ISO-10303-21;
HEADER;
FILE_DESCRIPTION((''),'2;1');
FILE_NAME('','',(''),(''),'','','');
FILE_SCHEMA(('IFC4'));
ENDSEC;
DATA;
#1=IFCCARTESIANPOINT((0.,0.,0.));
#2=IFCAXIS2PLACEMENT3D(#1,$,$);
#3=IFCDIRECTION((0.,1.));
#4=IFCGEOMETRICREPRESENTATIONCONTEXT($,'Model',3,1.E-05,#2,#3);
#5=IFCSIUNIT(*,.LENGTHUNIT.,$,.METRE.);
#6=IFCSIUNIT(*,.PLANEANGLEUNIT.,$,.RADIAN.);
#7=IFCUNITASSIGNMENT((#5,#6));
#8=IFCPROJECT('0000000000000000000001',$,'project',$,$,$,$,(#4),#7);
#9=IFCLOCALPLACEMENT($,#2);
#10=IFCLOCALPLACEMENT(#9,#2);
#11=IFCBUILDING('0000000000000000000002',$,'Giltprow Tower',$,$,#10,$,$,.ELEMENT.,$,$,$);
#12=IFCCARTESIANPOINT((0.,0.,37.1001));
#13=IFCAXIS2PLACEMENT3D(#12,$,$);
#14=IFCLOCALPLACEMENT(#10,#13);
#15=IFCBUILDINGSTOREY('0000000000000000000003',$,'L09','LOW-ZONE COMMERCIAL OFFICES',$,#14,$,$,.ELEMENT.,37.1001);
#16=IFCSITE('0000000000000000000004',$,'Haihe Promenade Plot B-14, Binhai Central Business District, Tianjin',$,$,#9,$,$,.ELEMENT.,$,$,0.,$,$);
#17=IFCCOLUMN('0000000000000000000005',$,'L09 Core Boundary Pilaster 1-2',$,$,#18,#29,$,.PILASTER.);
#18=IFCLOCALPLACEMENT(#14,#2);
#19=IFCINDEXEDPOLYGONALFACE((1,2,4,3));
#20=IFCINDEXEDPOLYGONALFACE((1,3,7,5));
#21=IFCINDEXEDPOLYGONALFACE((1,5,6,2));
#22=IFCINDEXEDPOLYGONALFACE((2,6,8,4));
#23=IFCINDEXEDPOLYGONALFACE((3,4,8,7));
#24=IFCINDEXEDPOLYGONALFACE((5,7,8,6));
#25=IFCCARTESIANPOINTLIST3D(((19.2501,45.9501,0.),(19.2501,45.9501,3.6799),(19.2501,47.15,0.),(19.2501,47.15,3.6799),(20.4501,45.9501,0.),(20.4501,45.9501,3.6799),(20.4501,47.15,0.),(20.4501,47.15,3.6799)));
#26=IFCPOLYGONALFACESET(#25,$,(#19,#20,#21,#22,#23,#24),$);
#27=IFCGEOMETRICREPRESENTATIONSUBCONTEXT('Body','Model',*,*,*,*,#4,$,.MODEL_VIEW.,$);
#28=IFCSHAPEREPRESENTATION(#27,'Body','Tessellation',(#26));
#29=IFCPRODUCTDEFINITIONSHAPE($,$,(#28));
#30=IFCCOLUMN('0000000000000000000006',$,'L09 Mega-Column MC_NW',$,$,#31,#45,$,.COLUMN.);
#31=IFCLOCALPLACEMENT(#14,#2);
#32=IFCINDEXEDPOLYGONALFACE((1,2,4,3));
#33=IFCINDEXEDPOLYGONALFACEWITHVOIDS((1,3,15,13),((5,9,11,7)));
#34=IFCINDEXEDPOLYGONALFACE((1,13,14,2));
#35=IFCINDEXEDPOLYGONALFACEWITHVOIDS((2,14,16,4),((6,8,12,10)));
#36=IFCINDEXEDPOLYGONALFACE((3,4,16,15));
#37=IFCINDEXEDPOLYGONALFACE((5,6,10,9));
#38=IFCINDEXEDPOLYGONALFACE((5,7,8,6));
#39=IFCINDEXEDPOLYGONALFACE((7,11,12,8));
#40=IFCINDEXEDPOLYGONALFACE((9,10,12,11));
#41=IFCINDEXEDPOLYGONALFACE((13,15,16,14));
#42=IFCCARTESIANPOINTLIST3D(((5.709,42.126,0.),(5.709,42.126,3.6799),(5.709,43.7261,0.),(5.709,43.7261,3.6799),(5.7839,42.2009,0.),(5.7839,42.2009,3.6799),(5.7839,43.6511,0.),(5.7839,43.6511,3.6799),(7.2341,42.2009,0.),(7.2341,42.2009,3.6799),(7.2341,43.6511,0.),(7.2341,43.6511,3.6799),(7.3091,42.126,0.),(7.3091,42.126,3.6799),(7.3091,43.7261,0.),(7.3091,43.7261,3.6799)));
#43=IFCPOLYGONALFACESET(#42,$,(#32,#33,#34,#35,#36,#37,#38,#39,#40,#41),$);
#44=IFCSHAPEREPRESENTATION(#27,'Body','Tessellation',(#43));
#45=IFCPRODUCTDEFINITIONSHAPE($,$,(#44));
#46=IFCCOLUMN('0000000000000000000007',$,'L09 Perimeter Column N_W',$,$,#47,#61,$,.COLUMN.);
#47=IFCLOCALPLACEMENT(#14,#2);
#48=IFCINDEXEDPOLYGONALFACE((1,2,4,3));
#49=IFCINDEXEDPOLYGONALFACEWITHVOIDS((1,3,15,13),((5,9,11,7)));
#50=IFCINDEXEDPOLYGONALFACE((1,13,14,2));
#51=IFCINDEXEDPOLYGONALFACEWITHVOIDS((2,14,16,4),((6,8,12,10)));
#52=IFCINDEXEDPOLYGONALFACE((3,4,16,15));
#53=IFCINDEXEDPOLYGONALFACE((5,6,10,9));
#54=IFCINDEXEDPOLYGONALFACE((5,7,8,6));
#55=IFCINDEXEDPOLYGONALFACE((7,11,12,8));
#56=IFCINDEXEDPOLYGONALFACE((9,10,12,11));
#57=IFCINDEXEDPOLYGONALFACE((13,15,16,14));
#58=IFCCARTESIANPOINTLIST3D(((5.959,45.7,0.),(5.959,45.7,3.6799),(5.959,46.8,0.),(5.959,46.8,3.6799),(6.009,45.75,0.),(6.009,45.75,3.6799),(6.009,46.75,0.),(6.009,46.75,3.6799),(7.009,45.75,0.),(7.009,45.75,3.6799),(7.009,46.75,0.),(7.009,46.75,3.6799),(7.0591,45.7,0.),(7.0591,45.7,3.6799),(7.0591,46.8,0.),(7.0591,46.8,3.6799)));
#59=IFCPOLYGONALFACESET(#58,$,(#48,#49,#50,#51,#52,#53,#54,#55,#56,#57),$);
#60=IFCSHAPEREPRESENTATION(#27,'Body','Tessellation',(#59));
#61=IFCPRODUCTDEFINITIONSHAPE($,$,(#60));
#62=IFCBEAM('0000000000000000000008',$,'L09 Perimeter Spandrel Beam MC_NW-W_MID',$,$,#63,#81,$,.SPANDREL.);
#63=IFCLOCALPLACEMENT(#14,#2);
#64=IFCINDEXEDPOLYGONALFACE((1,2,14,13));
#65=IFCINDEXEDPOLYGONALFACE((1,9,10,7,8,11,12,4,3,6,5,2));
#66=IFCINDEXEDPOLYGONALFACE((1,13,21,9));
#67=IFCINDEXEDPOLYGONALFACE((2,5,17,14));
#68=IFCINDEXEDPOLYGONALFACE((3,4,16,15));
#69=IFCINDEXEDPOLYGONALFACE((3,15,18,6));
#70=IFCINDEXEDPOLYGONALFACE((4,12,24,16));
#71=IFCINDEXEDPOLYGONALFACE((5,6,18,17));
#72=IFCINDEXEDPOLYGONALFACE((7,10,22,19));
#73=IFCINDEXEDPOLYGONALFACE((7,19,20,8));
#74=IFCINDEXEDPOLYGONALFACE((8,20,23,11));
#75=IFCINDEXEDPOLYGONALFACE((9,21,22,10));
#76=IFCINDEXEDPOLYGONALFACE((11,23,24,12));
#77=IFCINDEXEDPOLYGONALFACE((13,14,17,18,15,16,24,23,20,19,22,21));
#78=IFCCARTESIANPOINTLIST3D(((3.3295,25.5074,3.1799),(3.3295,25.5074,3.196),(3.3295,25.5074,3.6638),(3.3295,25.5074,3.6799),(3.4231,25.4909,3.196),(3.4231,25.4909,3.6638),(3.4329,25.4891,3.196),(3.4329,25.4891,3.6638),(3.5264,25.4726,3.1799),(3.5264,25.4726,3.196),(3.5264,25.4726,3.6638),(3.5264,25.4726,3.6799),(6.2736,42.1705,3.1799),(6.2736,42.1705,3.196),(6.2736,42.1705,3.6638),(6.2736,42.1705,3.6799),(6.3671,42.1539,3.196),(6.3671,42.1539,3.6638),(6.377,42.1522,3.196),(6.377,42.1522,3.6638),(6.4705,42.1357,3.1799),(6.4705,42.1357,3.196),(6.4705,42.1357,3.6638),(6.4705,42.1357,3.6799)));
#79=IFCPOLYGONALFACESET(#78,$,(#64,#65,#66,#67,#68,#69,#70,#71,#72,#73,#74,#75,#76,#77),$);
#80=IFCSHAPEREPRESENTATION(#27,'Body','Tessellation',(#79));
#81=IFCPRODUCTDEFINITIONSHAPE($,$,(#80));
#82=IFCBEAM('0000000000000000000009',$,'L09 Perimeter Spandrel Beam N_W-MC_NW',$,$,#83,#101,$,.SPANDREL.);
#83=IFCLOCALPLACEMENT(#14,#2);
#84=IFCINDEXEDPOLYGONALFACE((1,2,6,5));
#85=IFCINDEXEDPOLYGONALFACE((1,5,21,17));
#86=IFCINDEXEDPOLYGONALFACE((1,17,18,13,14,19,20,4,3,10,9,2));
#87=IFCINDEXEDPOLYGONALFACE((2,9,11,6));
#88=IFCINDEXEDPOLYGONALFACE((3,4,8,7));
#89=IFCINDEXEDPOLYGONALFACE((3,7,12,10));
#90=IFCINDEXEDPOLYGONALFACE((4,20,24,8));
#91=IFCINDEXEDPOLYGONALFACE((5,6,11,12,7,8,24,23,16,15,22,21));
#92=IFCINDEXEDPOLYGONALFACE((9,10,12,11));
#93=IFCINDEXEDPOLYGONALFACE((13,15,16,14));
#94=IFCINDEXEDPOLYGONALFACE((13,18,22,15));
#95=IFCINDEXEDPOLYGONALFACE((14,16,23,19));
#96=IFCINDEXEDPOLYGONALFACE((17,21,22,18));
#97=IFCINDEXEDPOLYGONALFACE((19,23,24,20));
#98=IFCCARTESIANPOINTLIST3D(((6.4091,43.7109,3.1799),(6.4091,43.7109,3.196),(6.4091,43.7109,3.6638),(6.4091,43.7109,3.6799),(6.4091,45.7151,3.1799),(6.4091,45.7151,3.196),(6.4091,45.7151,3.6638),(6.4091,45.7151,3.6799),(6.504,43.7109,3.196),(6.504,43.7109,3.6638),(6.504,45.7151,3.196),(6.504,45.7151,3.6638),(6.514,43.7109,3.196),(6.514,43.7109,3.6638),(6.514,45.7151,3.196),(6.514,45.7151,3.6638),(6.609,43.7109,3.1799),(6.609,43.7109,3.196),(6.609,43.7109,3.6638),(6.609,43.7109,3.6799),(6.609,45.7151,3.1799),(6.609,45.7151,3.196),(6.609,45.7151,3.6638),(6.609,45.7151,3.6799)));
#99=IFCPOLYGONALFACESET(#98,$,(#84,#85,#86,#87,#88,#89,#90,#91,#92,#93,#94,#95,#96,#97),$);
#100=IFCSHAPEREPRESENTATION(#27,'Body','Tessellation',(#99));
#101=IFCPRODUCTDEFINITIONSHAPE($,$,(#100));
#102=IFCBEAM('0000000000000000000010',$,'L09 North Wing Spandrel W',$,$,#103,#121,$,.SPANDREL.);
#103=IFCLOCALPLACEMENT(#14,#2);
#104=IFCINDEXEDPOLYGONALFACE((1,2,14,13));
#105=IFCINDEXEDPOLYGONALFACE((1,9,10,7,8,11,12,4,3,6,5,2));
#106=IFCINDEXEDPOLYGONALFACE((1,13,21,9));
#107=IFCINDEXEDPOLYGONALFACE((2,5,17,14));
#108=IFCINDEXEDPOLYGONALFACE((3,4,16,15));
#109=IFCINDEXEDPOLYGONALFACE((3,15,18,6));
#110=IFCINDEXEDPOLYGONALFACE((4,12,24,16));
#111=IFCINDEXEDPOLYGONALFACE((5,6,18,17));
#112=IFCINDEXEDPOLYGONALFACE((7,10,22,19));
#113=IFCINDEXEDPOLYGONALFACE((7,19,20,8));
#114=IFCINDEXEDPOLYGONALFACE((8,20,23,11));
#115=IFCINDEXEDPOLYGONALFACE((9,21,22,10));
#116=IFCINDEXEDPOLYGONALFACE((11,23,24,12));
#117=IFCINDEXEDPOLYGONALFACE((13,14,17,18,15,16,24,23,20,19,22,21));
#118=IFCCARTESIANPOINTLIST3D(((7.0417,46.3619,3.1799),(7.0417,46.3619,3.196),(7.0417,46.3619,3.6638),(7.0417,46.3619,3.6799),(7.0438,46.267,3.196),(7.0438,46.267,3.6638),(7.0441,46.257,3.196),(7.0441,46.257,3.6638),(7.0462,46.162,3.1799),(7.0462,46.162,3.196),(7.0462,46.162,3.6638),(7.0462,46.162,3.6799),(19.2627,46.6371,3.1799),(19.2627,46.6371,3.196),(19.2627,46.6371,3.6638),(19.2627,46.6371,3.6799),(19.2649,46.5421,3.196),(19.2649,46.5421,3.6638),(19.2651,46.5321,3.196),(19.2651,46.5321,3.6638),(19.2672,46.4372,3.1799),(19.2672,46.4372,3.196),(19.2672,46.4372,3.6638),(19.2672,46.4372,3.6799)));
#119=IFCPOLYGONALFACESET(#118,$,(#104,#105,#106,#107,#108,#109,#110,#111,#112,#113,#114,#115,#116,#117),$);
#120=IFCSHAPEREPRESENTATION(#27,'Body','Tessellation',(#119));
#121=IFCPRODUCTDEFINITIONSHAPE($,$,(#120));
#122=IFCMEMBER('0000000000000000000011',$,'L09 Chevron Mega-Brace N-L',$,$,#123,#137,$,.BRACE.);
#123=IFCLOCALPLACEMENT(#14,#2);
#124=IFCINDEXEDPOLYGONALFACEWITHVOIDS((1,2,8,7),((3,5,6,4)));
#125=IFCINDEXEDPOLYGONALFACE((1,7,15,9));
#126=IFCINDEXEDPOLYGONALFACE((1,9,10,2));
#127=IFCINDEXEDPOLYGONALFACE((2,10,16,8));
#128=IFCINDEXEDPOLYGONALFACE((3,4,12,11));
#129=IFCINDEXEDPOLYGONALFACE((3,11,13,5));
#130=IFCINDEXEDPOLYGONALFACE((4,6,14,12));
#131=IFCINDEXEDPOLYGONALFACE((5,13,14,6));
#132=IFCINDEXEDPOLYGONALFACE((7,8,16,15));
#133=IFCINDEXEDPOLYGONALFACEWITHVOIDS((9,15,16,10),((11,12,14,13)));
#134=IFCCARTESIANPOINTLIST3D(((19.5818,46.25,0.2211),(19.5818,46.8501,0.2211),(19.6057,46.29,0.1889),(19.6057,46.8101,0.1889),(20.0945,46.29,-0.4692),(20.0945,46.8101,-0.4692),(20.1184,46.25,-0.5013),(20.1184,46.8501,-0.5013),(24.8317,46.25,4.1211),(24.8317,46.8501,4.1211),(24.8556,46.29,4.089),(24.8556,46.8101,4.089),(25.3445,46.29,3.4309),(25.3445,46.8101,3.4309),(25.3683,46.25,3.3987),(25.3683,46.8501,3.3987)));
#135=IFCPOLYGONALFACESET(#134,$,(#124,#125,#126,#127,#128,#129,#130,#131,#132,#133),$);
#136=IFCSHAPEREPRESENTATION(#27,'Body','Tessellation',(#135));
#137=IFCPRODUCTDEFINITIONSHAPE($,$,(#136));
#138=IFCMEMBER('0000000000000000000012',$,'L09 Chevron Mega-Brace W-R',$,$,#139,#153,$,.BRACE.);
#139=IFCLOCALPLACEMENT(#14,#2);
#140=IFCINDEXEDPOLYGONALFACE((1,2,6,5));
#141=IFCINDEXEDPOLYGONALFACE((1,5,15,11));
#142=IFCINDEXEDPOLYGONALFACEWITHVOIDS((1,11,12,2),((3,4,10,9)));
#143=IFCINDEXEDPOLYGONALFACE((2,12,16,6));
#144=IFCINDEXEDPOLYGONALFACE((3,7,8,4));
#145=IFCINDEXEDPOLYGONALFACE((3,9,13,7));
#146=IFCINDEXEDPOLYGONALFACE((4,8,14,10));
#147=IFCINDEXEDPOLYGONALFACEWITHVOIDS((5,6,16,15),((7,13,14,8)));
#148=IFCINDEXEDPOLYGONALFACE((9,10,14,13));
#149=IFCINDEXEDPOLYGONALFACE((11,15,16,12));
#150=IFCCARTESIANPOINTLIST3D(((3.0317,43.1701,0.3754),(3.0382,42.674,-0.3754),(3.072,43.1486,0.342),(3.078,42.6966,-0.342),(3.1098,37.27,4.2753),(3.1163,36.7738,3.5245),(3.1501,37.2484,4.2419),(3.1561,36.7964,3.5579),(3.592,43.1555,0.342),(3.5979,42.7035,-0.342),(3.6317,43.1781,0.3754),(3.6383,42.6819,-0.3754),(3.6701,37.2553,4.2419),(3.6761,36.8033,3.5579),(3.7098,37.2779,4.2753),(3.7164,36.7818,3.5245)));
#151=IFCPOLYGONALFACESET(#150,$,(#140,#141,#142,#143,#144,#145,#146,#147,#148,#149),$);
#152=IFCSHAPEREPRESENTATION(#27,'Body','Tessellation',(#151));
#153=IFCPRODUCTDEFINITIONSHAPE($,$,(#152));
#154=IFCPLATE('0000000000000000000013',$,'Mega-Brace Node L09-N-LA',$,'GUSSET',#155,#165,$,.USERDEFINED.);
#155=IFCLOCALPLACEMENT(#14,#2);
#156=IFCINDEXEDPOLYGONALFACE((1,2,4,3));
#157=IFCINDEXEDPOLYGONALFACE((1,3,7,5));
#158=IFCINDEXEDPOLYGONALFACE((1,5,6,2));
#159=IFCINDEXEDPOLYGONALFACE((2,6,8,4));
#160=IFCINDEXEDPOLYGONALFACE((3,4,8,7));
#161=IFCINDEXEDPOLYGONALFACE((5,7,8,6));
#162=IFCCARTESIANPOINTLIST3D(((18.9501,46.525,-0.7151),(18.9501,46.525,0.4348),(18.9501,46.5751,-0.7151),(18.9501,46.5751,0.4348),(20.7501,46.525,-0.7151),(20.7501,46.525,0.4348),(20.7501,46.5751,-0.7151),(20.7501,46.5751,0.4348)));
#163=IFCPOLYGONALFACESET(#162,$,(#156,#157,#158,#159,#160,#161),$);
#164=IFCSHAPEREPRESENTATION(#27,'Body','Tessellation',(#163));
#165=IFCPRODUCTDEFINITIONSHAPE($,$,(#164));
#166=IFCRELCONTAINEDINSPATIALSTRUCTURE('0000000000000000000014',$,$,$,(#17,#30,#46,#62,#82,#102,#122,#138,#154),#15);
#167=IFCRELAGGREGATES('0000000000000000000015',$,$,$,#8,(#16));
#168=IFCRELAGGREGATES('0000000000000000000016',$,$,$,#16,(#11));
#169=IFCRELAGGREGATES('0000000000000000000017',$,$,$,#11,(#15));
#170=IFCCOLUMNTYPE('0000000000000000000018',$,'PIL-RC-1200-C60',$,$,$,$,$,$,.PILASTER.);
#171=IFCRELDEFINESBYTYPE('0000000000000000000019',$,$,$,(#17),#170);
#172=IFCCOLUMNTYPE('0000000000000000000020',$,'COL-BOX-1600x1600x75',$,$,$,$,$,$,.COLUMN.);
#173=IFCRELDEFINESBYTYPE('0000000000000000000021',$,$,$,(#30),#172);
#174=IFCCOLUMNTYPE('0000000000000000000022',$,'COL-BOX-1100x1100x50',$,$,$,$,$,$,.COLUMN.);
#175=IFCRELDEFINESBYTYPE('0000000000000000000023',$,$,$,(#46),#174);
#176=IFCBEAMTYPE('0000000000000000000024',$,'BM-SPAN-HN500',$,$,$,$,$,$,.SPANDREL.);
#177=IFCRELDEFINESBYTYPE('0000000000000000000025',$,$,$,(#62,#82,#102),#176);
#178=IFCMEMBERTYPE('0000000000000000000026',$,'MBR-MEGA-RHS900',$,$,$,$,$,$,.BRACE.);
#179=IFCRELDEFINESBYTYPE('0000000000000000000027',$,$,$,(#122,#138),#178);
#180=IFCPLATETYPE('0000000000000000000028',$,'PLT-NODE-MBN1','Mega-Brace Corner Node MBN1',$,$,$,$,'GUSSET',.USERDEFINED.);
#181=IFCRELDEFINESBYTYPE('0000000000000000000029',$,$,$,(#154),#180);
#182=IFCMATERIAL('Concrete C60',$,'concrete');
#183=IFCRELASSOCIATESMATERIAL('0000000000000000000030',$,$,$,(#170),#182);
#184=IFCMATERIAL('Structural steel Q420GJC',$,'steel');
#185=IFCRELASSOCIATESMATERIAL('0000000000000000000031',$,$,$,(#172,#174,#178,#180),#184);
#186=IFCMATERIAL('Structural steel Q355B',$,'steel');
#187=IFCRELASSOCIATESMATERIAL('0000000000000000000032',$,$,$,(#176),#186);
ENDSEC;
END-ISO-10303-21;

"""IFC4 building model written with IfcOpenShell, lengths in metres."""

from ifc_helpers import new_model, si_unit, direction, frame, origin, origin_2d, place, context, subcontext, project, spatial, rectangle, hollow_rectangle, i_section, extrude, source, transform, mapped, material, material_profile, profile_set, type_object, element, save


model = new_model("IFC4")

# Units and contexts
model_context = context("Model", 3, precision=1e-05, world=origin(), true_north=direction((0.0, 1.0)))
body_context = subcontext(model_context, "Body", "Model", "MODEL_VIEW")
ifc_project = project(units=[si_unit("LENGTHUNIT", "METRE"), si_unit("PLANEANGLEUNIT", "RADIAN")], contexts=[model_context])

# Site, building, storey
site_placement = place(None, origin())
site = spatial("IfcSite", under=ifc_project, at=site_placement, Name="Haihe Promenade Plot B-14, Binhai Central Business District, Tianjin", CompositionType="ELEMENT", RefElevation=0.0)
building_placement = place(site_placement, origin())
building = spatial("IfcBuilding", under=site, at=building_placement, Name="Giltprow Tower", CompositionType="ELEMENT")
storey_placement = place(building_placement, frame((0.0, 0.0, 37.1001)))
storey = spatial("IfcBuildingStorey", under=building, at=storey_placement, Name="L09", Description="LOW-ZONE COMMERCIAL OFFICES", CompositionType="ELEMENT", Elevation=37.1001)

# Columns
ifc_material_1 = material(Name="Concrete C60", Category="concrete")
ifc_material_profile_1 = material_profile(ifc_material_1, rectangle(XDim=1.2, YDim=1.2, at=origin_2d()), Name="RC 1200x1200")
ifc_profile_set_1 = profile_set([ifc_material_profile_1], Name="Concrete C60")
column_type_1 = type_object("IfcColumnType", Name="PIL-RC-1200-C60", PredefinedType="PILASTER", material=ifc_profile_set_1)
shared_shape_1 = source(origin(), body_context, "Body", "SweptSolid", [
    extrude(rectangle(XDim=1.2, YDim=1.2, at=origin_2d()), origin(), (0.0, 0.0, 1.0), 3.6799),
])
column_1_placement = place(storey_placement, frame((19.8501, 46.55, 0.0), z_axis=(0.0, 0.0, 1.0), x_axis=(1.0, 0.0, 0.0)))
element("IfcColumn", 1, at=column_1_placement, inside=storey, type_object=column_type_1, Name="L09 Core Boundary Pilaster 1-2", PredefinedType="PILASTER", context=body_context, shape_type="MappedRepresentation", body=[
    mapped(shared_shape_1, transform((0.0, 0.0, 0.0), x_axis=(1.0, 0.0, 0.0), y_axis=(0.0, 1.0, 0.0), z_axis=(0.0, 0.0, 1.0), scale=1.0)),
])
ifc_material_2 = material(Name="Structural steel Q420GJC", Category="steel")
ifc_material_profile_2 = material_profile(ifc_material_2, hollow_rectangle(XDim=1.6001, YDim=1.6001, WallThickness=0.075, at=origin_2d()), Name="BOX 1600x1600x75")
ifc_profile_set_2 = profile_set([ifc_material_profile_2], Name="Structural steel Q420GJC")
column_type_2 = type_object("IfcColumnType", Name="COL-BOX-1600x1600x75", PredefinedType="COLUMN", material=ifc_profile_set_2)
shared_shape_2 = source(origin(), body_context, "Body", "SweptSolid", [
    extrude(hollow_rectangle(XDim=1.6001, YDim=1.6001, WallThickness=0.075, at=origin_2d()), origin(), (0.0, 0.0, 1.0), 3.6799),
])
column_2_placement = place(storey_placement, frame((6.509, 42.926, 0.0), z_axis=(0.0, 0.0, 1.0), x_axis=(1.0, 0.0, 0.0)))
element("IfcColumn", 2, at=column_2_placement, inside=storey, type_object=column_type_2, Name="L09 Mega-Column MC_NW", PredefinedType="COLUMN", context=body_context, shape_type="MappedRepresentation", body=[
    mapped(shared_shape_2, transform((0.0, 0.0, 0.0), x_axis=(1.0, 0.0, 0.0), y_axis=(0.0, 1.0, 0.0), z_axis=(0.0, 0.0, 1.0), scale=1.0)),
])
ifc_material_profile_3 = material_profile(ifc_material_2, hollow_rectangle(XDim=1.1001, YDim=1.1001, WallThickness=0.05, at=origin_2d()), Name="BOX 1100x1100x50")
ifc_profile_set_3 = profile_set([ifc_material_profile_3], Name="Structural steel Q420GJC")
column_type_3 = type_object("IfcColumnType", Name="COL-BOX-1100x1100x50", PredefinedType="COLUMN", material=ifc_profile_set_3)
shared_shape_3 = source(origin(), body_context, "Body", "SweptSolid", [
    extrude(hollow_rectangle(XDim=1.1001, YDim=1.1001, WallThickness=0.05, at=origin_2d()), origin(), (0.0, 0.0, 1.0), 3.6799),
])
column_3_placement = place(storey_placement, frame((6.509, 46.25, 0.0), z_axis=(0.0, 0.0, 1.0), x_axis=(1.0, 0.0, 0.0)))
element("IfcColumn", 3, at=column_3_placement, inside=storey, type_object=column_type_3, Name="L09 Perimeter Column N_W", PredefinedType="COLUMN", context=body_context, shape_type="MappedRepresentation", body=[
    mapped(shared_shape_3, transform((0.0, 0.0, 0.0), x_axis=(1.0, 0.0, 0.0), y_axis=(0.0, 1.0, 0.0), z_axis=(0.0, 0.0, 1.0), scale=1.0)),
])

# Beams
ifc_material_3 = material(Name="Structural steel Q355B", Category="steel")
ifc_material_profile_4 = material_profile(ifc_material_3, i_section(OverallWidth=0.2, OverallDepth=0.5, WebThickness=0.01, FlangeThickness=0.0161, at=origin_2d()), Name="HN 500x200x10x16")
ifc_profile_set_4 = profile_set([ifc_material_profile_4], Name="Structural steel Q355B")
beam_type = type_object("IfcBeamType", Name="BM-SPAN-HN500", PredefinedType="SPANDREL", material=ifc_profile_set_4)
shared_shape_4 = source(origin(), body_context, "Body", "SweptSolid", [
    extrude(i_section(OverallWidth=0.2, OverallDepth=0.5, WebThickness=0.01, FlangeThickness=0.0161, at=origin_2d()), origin(), (0.0, 0.0, 1.0), 16.9211),
])
beam_1_placement = place(storey_placement, frame((6.3721, 42.1531, 3.4299), z_axis=(-0.173989, -0.984748, 0.0), x_axis=(0.984748, -0.173989, 0.0)))
element("IfcBeam", 4, at=beam_1_placement, inside=storey, type_object=beam_type, Name="L09 Perimeter Spandrel Beam MC_NW-W_MID", PredefinedType="SPANDREL", context=body_context, shape_type="MappedRepresentation", body=[
    mapped(shared_shape_4, transform((0.0, 0.0, 0.0), x_axis=(1.0, 0.0, 0.0), y_axis=(0.0, 1.0, 0.0), z_axis=(0.0, 0.0, 1.0), scale=1.0)),
])
shared_shape_5 = source(origin(), body_context, "Body", "SweptSolid", [
    extrude(i_section(OverallWidth=0.2, OverallDepth=0.5, WebThickness=0.01, FlangeThickness=0.0161, at=origin_2d()), origin(), (0.0, 0.0, 1.0), 2.0042),
])
beam_2_placement = place(storey_placement, frame((6.509, 45.7151, 3.4299), z_axis=(0.0, -1.0, 0.0), x_axis=(1.0, 0.0, 0.0)))
element("IfcBeam", 5, at=beam_2_placement, inside=storey, type_object=beam_type, Name="L09 Perimeter Spandrel Beam N_W-MC_NW", PredefinedType="SPANDREL", context=body_context, shape_type="MappedRepresentation", body=[
    mapped(shared_shape_5, transform((0.0, 0.0, 0.0), x_axis=(1.0, 0.0, 0.0), y_axis=(0.0, 1.0, 0.0), z_axis=(0.0, 0.0, 1.0), scale=1.0)),
])
shared_shape_6 = source(origin(), body_context, "Body", "SweptSolid", [
    extrude(i_section(OverallWidth=0.2, OverallDepth=0.5, WebThickness=0.01, FlangeThickness=0.0161, at=origin_2d()), origin(), (0.0, 0.0, 1.0), 12.2241),
])
beam_3_placement = place(storey_placement, frame((7.0439, 46.262, 3.4299), z_axis=(0.999747, 0.022509, 0.0), x_axis=(-0.022509, 0.999747, 0.0)))
element("IfcBeam", 6, at=beam_3_placement, inside=storey, type_object=beam_type, Name="L09 North Wing Spandrel W", PredefinedType="SPANDREL", context=body_context, shape_type="MappedRepresentation", body=[
    mapped(shared_shape_6, transform((0.0, 0.0, 0.0), x_axis=(1.0, 0.0, 0.0), y_axis=(0.0, 1.0, 0.0), z_axis=(0.0, 0.0, 1.0), scale=1.0)),
])

# Members
ifc_material_profile_5 = material_profile(ifc_material_2, hollow_rectangle(XDim=0.6001, YDim=0.8999, WallThickness=0.04, at=origin_2d()), Name="RHS 900x600x40")
ifc_profile_set_5 = profile_set([ifc_material_profile_5], Name="Structural steel Q420GJC")
member_type = type_object("IfcMemberType", Name="MBR-MEGA-RHS900", PredefinedType="BRACE", material=ifc_profile_set_5)
shared_shape_7 = source(origin(), body_context, "Body", "SweptSolid", [
    extrude(hollow_rectangle(XDim=0.6001, YDim=0.8999, WallThickness=0.04, at=origin_2d()), origin(), (0.0, 0.0, 1.0), 6.54),
])
member_1_placement = place(storey_placement, frame((19.8501, 46.55, -0.1401), z_axis=(0.802733, 0.0, 0.596338), x_axis=(0.0, 1.0, 0.0)))
element("IfcMember", 7, at=member_1_placement, inside=storey, type_object=member_type, Name="L09 Chevron Mega-Brace N-L", PredefinedType="BRACE", context=body_context, shape_type="MappedRepresentation", body=[
    mapped(shared_shape_7, transform((0.0, 0.0, 0.0), x_axis=(1.0, 0.0, 0.0), y_axis=(0.0, 1.0, 0.0), z_axis=(0.0, 0.0, 1.0), scale=1.0)),
])
shared_shape_8 = source(origin(), body_context, "Body", "SweptSolid", [
    extrude(hollow_rectangle(XDim=0.6001, YDim=0.8999, WallThickness=0.04, at=origin_2d()), origin(), (0.0, 0.0, 1.0), 7.073),
])
member_2_placement = place(storey_placement, frame((3.335, 42.926, 0.0), z_axis=(0.011046, -0.834181, 0.55138), x_axis=(0.999912, 0.01324, 0.0)))
element("IfcMember", 8, at=member_2_placement, inside=storey, type_object=member_type, Name="L09 Chevron Mega-Brace W-R", PredefinedType="BRACE", context=body_context, shape_type="MappedRepresentation", body=[
    mapped(shared_shape_8, transform((0.0, 0.0, 0.0), x_axis=(1.0, 0.0, 0.0), y_axis=(0.0, 1.0, 0.0), z_axis=(0.0, 0.0, 1.0), scale=1.0)),
])

# Plate
plate_type = type_object("IfcPlateType", Name="PLT-NODE-MBN1", Description="Mega-Brace Corner Node MBN1", ElementType="GUSSET", PredefinedType="USERDEFINED", material=ifc_material_2)
shared_shape_9 = source(origin(), body_context, "Body", "SweptSolid", [
    extrude(rectangle(XDim=1.8, YDim=0.05, at=origin_2d()), origin(), (0.0, 0.0, 1.0), 1.1499),
])
for number, where, z_axis, x_axis, name in (
    (9, (19.8501, 46.55, -0.7151), (0.0, 0.0, 1.0), (1.0, 0.0, 0.0), "Mega-Brace Node L09-N-LA"),
):
    element("IfcPlate", number, at=place(storey_placement, frame(where, z_axis=z_axis, x_axis=x_axis)), inside=storey, type_object=plate_type, Name=name, ObjectType="GUSSET", PredefinedType="USERDEFINED", context=body_context, shape_type="MappedRepresentation", body=[
        mapped(shared_shape_9, transform((0.0, 0.0, 0.0), x_axis=(1.0, 0.0, 0.0), y_axis=(0.0, 1.0, 0.0), z_axis=(0.0, 0.0, 1.0), scale=1.0)),
    ])

save(model, "model.ifc")
